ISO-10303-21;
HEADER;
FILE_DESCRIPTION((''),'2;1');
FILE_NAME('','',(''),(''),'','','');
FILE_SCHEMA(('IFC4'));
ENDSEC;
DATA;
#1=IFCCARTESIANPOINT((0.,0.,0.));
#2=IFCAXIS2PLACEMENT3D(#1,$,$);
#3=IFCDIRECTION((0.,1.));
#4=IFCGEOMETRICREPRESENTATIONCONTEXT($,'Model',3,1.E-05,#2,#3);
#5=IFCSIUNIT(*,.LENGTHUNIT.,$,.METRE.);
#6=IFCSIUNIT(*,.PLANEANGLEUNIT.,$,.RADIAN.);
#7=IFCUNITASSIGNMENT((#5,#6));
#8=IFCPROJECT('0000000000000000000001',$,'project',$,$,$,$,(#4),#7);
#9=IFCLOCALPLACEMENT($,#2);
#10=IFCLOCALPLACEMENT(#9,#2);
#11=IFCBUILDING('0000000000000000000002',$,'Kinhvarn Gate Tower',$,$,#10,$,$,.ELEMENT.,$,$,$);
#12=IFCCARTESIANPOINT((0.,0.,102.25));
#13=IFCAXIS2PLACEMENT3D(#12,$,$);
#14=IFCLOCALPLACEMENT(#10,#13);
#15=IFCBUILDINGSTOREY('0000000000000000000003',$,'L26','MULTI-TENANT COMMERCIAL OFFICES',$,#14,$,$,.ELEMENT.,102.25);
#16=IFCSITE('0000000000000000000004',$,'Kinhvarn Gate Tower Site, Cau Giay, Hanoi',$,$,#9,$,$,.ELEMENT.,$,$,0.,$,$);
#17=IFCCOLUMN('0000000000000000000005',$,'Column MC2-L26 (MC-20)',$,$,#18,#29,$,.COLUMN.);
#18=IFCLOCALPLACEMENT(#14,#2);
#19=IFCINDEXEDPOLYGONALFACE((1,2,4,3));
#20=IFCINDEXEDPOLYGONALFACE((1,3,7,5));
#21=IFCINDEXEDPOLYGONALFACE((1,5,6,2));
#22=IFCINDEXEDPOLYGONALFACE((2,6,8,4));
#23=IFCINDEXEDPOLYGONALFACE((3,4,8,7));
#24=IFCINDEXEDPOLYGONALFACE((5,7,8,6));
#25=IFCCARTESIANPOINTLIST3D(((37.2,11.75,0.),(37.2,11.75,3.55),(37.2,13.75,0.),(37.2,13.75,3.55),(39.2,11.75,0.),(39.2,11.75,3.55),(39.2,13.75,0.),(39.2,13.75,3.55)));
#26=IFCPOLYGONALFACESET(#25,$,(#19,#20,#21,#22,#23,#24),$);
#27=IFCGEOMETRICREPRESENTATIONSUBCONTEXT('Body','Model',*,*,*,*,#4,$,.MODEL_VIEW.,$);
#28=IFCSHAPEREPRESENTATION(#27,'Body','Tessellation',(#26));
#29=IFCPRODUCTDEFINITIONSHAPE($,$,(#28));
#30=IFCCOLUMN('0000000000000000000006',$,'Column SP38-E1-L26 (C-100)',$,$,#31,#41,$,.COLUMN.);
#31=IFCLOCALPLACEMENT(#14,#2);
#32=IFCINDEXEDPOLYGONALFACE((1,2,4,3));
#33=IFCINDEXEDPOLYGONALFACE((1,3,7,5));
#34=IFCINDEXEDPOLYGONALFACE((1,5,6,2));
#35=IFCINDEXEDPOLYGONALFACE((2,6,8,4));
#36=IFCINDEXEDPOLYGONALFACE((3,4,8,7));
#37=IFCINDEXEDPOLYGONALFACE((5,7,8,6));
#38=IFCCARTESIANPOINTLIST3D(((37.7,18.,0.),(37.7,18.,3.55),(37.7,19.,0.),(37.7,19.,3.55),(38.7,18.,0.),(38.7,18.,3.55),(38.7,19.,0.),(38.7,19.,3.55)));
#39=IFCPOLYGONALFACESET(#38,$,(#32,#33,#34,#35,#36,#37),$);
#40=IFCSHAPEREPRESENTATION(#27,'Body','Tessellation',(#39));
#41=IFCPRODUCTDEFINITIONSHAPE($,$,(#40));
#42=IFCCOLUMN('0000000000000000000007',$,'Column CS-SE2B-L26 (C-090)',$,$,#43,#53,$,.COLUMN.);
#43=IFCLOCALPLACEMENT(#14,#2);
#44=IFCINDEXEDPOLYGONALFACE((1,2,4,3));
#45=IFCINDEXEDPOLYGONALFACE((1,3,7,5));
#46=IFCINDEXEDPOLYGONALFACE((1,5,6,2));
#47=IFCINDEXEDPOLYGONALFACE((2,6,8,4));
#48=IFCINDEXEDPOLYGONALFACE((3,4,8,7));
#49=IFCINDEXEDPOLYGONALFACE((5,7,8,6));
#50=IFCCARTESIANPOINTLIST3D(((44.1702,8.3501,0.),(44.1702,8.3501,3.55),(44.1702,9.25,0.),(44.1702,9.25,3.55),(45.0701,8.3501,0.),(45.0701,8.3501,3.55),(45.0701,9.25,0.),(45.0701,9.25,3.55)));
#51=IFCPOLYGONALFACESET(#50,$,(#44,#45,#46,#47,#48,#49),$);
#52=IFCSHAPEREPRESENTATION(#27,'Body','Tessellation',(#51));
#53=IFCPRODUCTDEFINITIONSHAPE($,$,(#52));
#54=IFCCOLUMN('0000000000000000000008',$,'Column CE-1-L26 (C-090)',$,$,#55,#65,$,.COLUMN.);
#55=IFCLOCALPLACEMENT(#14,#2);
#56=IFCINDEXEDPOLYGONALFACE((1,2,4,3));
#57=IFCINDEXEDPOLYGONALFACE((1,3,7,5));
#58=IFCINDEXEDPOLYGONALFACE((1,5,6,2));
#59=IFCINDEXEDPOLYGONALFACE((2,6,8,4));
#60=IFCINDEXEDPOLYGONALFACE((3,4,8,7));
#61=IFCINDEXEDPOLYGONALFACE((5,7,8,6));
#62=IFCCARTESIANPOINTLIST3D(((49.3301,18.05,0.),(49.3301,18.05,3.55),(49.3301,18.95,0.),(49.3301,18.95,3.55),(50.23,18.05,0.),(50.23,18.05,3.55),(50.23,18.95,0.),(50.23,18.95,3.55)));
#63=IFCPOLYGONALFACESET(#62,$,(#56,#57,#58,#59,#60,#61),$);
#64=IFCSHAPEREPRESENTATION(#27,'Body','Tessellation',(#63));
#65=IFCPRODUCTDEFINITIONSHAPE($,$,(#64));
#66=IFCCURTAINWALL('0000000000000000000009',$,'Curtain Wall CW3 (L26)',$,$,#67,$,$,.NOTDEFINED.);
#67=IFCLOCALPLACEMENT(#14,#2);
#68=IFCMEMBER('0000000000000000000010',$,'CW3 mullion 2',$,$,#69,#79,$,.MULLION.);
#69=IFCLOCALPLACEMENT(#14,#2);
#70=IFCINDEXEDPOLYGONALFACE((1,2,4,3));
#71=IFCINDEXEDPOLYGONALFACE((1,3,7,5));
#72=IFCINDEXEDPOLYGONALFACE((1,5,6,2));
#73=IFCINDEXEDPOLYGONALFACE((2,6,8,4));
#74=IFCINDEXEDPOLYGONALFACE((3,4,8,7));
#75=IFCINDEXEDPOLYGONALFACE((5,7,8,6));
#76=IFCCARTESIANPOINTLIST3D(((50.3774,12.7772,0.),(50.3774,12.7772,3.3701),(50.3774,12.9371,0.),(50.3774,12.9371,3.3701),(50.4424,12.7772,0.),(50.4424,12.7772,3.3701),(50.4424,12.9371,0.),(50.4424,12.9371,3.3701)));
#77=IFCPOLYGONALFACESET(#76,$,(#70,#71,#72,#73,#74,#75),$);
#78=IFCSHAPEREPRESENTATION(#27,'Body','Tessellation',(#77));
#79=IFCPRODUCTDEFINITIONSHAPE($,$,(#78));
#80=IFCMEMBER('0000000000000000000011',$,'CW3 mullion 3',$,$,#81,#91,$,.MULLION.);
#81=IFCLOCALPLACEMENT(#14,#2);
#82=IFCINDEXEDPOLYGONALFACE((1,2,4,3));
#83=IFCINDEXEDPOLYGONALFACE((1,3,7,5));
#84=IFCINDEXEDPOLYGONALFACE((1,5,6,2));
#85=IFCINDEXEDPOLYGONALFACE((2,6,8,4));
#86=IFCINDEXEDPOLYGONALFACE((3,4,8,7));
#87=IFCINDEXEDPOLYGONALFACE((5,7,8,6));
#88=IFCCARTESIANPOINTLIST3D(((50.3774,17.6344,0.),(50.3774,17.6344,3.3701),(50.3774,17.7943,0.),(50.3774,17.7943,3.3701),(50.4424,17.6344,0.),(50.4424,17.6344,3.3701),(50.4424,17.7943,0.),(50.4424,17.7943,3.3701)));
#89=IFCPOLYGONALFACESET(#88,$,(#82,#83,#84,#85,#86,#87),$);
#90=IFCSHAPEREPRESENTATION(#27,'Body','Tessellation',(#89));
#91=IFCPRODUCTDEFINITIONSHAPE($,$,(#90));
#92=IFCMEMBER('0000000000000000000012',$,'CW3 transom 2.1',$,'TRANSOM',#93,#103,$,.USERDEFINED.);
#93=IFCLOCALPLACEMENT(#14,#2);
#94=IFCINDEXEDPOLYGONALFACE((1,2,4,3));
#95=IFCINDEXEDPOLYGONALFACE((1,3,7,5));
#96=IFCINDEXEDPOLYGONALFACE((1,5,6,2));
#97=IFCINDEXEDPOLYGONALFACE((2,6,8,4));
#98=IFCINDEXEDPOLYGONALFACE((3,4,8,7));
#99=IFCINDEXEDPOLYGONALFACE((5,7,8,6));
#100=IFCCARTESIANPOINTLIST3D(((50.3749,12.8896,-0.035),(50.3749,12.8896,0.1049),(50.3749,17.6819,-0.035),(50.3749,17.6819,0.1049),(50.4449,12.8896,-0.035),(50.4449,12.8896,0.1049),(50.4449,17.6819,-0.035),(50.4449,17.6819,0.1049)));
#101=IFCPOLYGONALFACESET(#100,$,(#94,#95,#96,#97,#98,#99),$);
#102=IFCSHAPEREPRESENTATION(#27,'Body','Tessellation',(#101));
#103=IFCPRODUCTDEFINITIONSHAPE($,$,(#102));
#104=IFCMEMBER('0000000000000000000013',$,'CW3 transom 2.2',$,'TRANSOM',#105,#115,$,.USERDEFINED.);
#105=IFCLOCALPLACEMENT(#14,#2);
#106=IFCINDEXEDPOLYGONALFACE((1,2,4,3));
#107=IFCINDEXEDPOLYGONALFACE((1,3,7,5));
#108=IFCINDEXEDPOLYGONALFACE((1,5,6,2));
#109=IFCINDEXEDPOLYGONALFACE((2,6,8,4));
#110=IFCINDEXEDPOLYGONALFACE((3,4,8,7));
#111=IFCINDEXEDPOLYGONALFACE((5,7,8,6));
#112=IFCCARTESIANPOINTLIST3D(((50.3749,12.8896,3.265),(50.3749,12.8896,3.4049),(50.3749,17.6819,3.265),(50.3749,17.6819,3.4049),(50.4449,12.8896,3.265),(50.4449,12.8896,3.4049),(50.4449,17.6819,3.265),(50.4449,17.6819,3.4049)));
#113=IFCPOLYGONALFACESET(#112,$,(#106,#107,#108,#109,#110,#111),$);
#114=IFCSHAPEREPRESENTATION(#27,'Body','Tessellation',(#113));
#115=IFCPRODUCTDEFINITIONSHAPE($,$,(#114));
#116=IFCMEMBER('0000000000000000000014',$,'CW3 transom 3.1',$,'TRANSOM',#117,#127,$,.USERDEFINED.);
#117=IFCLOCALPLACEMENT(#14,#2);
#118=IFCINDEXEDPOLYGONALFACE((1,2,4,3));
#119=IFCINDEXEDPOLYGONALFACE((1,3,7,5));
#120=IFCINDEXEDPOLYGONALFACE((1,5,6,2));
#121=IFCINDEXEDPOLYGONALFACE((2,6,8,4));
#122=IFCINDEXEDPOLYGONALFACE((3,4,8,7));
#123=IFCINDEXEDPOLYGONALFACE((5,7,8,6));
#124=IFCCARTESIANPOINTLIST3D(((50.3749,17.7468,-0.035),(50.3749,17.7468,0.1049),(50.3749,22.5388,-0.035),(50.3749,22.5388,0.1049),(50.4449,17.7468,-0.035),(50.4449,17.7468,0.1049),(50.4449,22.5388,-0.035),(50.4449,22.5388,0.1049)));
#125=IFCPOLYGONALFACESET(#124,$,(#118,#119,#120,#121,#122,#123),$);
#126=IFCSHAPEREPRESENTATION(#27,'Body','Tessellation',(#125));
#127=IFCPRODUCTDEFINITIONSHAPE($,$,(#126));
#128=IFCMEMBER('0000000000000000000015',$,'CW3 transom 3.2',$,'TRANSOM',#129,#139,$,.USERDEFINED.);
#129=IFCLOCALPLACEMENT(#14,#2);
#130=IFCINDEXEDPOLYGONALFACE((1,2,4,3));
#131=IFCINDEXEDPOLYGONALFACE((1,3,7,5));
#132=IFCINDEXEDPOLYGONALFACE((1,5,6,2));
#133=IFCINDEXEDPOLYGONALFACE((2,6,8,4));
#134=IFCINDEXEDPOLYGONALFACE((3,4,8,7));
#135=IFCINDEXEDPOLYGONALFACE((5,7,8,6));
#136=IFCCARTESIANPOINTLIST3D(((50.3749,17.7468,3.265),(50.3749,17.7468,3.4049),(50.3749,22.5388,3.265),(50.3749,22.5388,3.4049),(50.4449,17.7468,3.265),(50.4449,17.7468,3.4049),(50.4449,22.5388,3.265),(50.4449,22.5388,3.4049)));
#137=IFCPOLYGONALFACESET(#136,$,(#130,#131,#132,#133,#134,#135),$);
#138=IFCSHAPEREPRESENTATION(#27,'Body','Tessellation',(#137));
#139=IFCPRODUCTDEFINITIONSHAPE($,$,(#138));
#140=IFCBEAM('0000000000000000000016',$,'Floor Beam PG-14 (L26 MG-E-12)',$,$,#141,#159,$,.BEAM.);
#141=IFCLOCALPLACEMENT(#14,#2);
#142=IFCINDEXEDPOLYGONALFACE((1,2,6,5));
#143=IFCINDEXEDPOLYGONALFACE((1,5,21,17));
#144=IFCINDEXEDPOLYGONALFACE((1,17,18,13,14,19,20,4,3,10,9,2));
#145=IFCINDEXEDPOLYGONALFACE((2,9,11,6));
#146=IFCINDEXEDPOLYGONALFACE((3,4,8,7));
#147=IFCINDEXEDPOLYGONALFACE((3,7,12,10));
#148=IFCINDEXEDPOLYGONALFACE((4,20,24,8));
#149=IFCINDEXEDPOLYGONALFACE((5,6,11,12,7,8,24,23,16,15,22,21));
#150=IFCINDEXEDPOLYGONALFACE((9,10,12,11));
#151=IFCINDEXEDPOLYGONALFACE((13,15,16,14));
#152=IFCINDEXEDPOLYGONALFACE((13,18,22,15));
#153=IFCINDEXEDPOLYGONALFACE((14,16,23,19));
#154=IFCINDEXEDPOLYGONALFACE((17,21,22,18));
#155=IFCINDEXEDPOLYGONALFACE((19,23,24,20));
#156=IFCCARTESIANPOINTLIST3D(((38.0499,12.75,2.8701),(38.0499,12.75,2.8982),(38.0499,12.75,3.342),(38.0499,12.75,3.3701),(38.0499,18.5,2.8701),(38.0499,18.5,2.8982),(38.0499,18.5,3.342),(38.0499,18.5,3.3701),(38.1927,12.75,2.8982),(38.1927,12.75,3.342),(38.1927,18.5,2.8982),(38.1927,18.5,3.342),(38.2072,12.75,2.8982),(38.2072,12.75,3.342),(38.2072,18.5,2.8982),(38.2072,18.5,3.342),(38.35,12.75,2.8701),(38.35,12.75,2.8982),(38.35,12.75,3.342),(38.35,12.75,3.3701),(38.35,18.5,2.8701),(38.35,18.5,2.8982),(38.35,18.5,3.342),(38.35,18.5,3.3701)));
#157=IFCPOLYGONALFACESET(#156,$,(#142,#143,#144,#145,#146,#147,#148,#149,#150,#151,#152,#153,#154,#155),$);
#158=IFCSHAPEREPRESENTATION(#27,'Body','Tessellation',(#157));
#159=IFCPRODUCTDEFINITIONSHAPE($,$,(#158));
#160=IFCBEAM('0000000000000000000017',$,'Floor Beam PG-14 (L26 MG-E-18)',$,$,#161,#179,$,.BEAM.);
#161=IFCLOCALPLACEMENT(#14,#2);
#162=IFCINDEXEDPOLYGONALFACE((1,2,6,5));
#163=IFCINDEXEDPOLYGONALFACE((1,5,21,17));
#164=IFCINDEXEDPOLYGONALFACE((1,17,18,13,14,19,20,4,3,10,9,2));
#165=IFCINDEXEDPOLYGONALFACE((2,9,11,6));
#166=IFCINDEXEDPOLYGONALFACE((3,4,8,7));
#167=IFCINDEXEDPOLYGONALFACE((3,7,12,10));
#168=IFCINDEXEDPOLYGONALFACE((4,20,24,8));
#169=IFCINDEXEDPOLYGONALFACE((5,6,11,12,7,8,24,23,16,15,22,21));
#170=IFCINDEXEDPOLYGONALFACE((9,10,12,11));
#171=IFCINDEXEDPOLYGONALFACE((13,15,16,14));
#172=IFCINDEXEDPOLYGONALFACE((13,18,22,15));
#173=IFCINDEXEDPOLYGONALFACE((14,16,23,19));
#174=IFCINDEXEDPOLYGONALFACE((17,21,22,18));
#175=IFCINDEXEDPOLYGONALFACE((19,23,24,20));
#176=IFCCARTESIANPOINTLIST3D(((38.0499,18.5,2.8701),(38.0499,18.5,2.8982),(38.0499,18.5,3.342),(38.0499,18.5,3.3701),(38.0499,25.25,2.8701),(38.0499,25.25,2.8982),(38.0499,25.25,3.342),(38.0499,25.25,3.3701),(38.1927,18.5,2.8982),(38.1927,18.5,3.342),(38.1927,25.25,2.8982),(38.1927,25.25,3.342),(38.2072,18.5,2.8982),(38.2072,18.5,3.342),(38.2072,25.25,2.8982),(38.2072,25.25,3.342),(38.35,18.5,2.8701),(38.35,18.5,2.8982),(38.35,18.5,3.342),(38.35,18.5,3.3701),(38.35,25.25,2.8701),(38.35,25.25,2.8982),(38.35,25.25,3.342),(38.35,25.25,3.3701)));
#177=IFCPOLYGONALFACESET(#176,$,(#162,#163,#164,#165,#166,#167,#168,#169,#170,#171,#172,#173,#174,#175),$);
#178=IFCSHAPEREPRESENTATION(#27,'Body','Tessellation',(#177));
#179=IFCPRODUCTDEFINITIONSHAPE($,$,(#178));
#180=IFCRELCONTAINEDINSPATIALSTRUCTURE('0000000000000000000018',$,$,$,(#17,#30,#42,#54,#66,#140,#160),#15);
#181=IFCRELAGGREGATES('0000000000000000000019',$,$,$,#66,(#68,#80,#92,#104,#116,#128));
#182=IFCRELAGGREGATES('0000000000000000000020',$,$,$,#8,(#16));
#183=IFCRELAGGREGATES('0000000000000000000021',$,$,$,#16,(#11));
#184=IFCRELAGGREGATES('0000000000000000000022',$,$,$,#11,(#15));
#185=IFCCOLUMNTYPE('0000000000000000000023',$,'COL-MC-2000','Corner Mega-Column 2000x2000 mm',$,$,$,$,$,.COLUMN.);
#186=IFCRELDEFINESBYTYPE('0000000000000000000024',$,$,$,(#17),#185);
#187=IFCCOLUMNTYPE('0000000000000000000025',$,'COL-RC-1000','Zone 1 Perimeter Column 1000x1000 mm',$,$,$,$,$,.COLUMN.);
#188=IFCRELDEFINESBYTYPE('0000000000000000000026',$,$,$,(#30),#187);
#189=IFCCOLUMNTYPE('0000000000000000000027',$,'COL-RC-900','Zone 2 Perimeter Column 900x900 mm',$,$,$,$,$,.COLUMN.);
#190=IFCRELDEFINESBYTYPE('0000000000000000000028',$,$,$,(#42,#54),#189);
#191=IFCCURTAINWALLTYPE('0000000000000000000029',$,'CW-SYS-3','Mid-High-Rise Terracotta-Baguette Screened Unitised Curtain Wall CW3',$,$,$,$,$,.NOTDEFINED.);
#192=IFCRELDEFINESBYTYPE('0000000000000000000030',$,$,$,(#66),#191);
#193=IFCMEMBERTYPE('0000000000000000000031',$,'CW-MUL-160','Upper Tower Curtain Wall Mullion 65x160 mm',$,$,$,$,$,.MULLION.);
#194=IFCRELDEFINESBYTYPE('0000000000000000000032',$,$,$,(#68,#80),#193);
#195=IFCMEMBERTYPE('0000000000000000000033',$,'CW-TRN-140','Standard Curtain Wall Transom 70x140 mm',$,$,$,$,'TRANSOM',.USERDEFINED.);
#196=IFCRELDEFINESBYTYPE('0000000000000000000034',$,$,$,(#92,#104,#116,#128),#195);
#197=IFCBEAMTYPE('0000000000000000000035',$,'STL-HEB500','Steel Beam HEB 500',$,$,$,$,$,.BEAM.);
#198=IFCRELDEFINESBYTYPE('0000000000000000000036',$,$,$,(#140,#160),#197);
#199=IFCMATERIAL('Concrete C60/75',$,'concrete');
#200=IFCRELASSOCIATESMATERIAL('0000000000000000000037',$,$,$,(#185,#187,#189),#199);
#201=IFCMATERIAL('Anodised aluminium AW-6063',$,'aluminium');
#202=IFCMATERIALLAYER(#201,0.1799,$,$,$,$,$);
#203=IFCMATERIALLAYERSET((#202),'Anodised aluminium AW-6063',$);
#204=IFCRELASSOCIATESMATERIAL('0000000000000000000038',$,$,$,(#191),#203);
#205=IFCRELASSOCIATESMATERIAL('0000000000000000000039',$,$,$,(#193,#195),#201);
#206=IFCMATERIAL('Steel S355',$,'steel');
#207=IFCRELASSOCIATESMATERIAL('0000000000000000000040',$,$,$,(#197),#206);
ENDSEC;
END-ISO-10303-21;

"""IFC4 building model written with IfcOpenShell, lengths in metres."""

from ifc_helpers import new_model, si_unit, direction, frame, origin, origin_2d, place, context, subcontext, project, spatial, rectangle, i_section, extrude, material, layer, layer_set, material_profile, profile_set, type_object, element, aggregate, save


model = new_model("IFC4")

# Units and contexts
model_context = context("Model", 3, precision=1e-05, world=origin(), true_north=direction((0.0, 1.0)))
body_context = subcontext(model_context, "Body", "Model", "MODEL_VIEW")
ifc_project = project(units=[si_unit("LENGTHUNIT", "METRE"), si_unit("PLANEANGLEUNIT", "RADIAN")], contexts=[model_context])

# Site, building, storey
site_placement = place(None, origin())
site = spatial("IfcSite", under=ifc_project, at=site_placement, Name="Kinhvarn Gate Tower Site, Cau Giay, Hanoi", CompositionType="ELEMENT", RefElevation=0.0)
building_placement = place(site_placement, origin())
building = spatial("IfcBuilding", under=site, at=building_placement, Name="Kinhvarn Gate Tower", CompositionType="ELEMENT")
storey_placement = place(building_placement, frame((0.0, 0.0, 102.25)))
storey = spatial("IfcBuildingStorey", under=building, at=storey_placement, Name="L26", Description="MULTI-TENANT COMMERCIAL OFFICES", CompositionType="ELEMENT", Elevation=102.25)

# Columns
ifc_material_1 = material(Name="Concrete C60/75", Category="concrete")
ifc_material_profile_1 = material_profile(ifc_material_1, rectangle(XDim=2.0, YDim=2.0, at=origin_2d()), Name="RC 2000x2000")
ifc_profile_set_1 = profile_set([ifc_material_profile_1], Name="Concrete C60/75")
column_type_1 = type_object("IfcColumnType", Name="COL-MC-2000", Description="Corner Mega-Column 2000x2000 mm", PredefinedType="COLUMN", material=ifc_profile_set_1)
column_1_placement = place(storey_placement, frame((38.2, 12.75, 0.0), z_axis=(0.0, 0.0, 1.0), x_axis=(1.0, 0.0, 0.0)))
element("IfcColumn", 1, at=column_1_placement, inside=storey, type_object=column_type_1, Name="Column MC2-L26 (MC-20)", PredefinedType="COLUMN", context=body_context, shape_type="SweptSolid", body=[
    extrude(rectangle(XDim=2.0, YDim=2.0, at=origin_2d()), origin(), (0.0, 0.0, 1.0), 3.55),
])
ifc_material_profile_2 = material_profile(ifc_material_1, rectangle(XDim=1.0, YDim=1.0, at=origin_2d()), Name="RC 1000x1000")
ifc_profile_set_2 = profile_set([ifc_material_profile_2], Name="Concrete C60/75")
column_type_2 = type_object("IfcColumnType", Name="COL-RC-1000", Description="Zone 1 Perimeter Column 1000x1000 mm", PredefinedType="COLUMN", material=ifc_profile_set_2)
column_2_placement = place(storey_placement, frame((38.2, 18.5, 0.0), z_axis=(0.0, 0.0, 1.0), x_axis=(1.0, 0.0, 0.0)))
element("IfcColumn", 2, at=column_2_placement, inside=storey, type_object=column_type_2, Name="Column SP38-E1-L26 (C-100)", PredefinedType="COLUMN", context=body_context, shape_type="SweptSolid", body=[
    extrude(rectangle(XDim=1.0, YDim=1.0, at=origin_2d()), origin(), (0.0, 0.0, 1.0), 3.55),
])
ifc_material_profile_3 = material_profile(ifc_material_1, rectangle(XDim=0.8999, YDim=0.8999, at=origin_2d()), Name="RC 900x900")
ifc_profile_set_3 = profile_set([ifc_material_profile_3], Name="Concrete C60/75")
column_type_3 = type_object("IfcColumnType", Name="COL-RC-900", Description="Zone 2 Perimeter Column 900x900 mm", PredefinedType="COLUMN", material=ifc_profile_set_3)
for number, where, z_axis, x_axis, name in (
    (3, (44.6201, 8.8, 0.0), (0.0, 0.0, 1.0), (1.0, 0.0, 0.0), "Column CS-SE2B-L26 (C-090)"),
    (4, (49.78, 18.5, 0.0), (0.0, 0.0, 1.0), (1.0, 0.0, 0.0), "Column CE-1-L26 (C-090)"),
):
    element("IfcColumn", number, at=place(storey_placement, frame(where, z_axis=z_axis, x_axis=x_axis)), inside=storey, type_object=column_type_3, Name=name, PredefinedType="COLUMN", context=body_context, shape_type="SweptSolid", body=[
        extrude(rectangle(XDim=0.8999, YDim=0.8999, at=origin_2d()), origin(), (0.0, 0.0, 1.0), 3.55),
    ])

# Curtain wall, members
ifc_material_2 = material(Name="Anodised aluminium AW-6063", Category="aluminium")
ifc_layer_1 = layer(ifc_material_2, 0.1799)
ifc_layer_set_1 = layer_set([ifc_layer_1], Name="Anodised aluminium AW-6063")
curtain_wall_type = type_object("IfcCurtainWallType", Name="CW-SYS-3", Description="Mid-High-Rise Terracotta-Baguette Screened Unitised Curtain Wall CW3", PredefinedType="NOTDEFINED", material=ifc_layer_set_1)
curtain_wall_placement = place(storey_placement, origin())
curtain_wall = element("IfcCurtainWall", 5, at=curtain_wall_placement, inside=storey, type_object=curtain_wall_type, Name="Curtain Wall CW3 (L26)", PredefinedType="NOTDEFINED")
ifc_material_profile_4 = material_profile(ifc_material_2, rectangle(XDim=0.0649, YDim=0.1599, at=origin_2d()), Name="ALU 65x160")
ifc_profile_set_4 = profile_set([ifc_material_profile_4], Name="Anodised aluminium AW-6063")
member_type_1 = type_object("IfcMemberType", Name="CW-MUL-160", Description="Upper Tower Curtain Wall Mullion 65x160 mm", PredefinedType="MULLION", material=ifc_profile_set_4)
member_1_placement = place(storey_placement, frame((50.4099, 12.8572, 0.0), z_axis=(0.0, 0.0, 1.0), x_axis=(-1.0, 0.0, 0.0)))
member_1 = element("IfcMember", 6, at=member_1_placement, type_object=member_type_1, Name="CW3 mullion 2", PredefinedType="MULLION", context=body_context, shape_type="SweptSolid", body=[
    extrude(rectangle(XDim=0.0649, YDim=0.1599, at=origin_2d()), origin(), (0.0, 0.0, 1.0), 3.3701),
])
member_2_placement = place(storey_placement, frame((50.4099, 17.7144, 0.0), z_axis=(0.0, 0.0, 1.0), x_axis=(-1.0, 0.0, 0.0)))
member_2 = element("IfcMember", 7, at=member_2_placement, type_object=member_type_1, Name="CW3 mullion 3", PredefinedType="MULLION", context=body_context, shape_type="SweptSolid", body=[
    extrude(rectangle(XDim=0.0649, YDim=0.1599, at=origin_2d()), origin(), (0.0, 0.0, 1.0), 3.3701),
])
ifc_material_profile_5 = material_profile(ifc_material_2, rectangle(XDim=0.0701, YDim=0.1399, at=origin_2d()), Name="ALU 70x140")
ifc_profile_set_5 = profile_set([ifc_material_profile_5], Name="Anodised aluminium AW-6063")
member_type_2 = type_object("IfcMemberType", Name="CW-TRN-140", Description="Standard Curtain Wall Transom 70x140 mm", ElementType="TRANSOM", PredefinedType="USERDEFINED", material=ifc_profile_set_5)
member_3_placement = place(storey_placement, frame((50.4099, 12.8896, 0.0349), z_axis=(0.0, 1.0, 0.0), x_axis=(-1.0, 0.0, 0.0)))
member_3 = element("IfcMember", 8, at=member_3_placement, type_object=member_type_2, Name="CW3 transom 2.1", ObjectType="TRANSOM", PredefinedType="USERDEFINED", context=body_context, shape_type="SweptSolid", body=[
    extrude(rectangle(XDim=0.0701, YDim=0.1399, at=origin_2d()), origin(), (0.0, 0.0, 1.0), 4.7922),
])
member_4_placement = place(storey_placement, frame((50.4099, 12.8896, 3.335), z_axis=(0.0, 1.0, 0.0), x_axis=(-1.0, 0.0, 0.0)))
member_4 = element("IfcMember", 9, at=member_4_placement, type_object=member_type_2, Name="CW3 transom 2.2", ObjectType="TRANSOM", PredefinedType="USERDEFINED", context=body_context, shape_type="SweptSolid", body=[
    extrude(rectangle(XDim=0.0701, YDim=0.1399, at=origin_2d()), origin(), (0.0, 0.0, 1.0), 4.7922),
])
member_5_placement = place(storey_placement, frame((50.4099, 17.7468, 0.0349), z_axis=(0.0, 1.0, 0.0), x_axis=(-1.0, 0.0, 0.0)))
member_5 = element("IfcMember", 10, at=member_5_placement, type_object=member_type_2, Name="CW3 transom 3.1", ObjectType="TRANSOM", PredefinedType="USERDEFINED", context=body_context, shape_type="SweptSolid", body=[
    extrude(rectangle(XDim=0.0701, YDim=0.1399, at=origin_2d()), origin(), (0.0, 0.0, 1.0), 4.792),
])
member_6_placement = place(storey_placement, frame((50.4099, 17.7468, 3.335), z_axis=(0.0, 1.0, 0.0), x_axis=(-1.0, 0.0, 0.0)))
member_6 = element("IfcMember", 11, at=member_6_placement, type_object=member_type_2, Name="CW3 transom 3.2", ObjectType="TRANSOM", PredefinedType="USERDEFINED", context=body_context, shape_type="SweptSolid", body=[
    extrude(rectangle(XDim=0.0701, YDim=0.1399, at=origin_2d()), origin(), (0.0, 0.0, 1.0), 4.792),
])

# Beams
ifc_material_3 = material(Name="Steel S355", Category="steel")
ifc_material_profile_6 = material_profile(ifc_material_3, i_section(OverallWidth=0.3, OverallDepth=0.5, WebThickness=0.0144, FlangeThickness=0.0281, at=origin_2d()), Name="HEB 500")
ifc_profile_set_6 = profile_set([ifc_material_profile_6], Name="Steel S355")
beam_type_1 = type_object("IfcBeamType", Name="STL-HEB500", Description="Steel Beam HEB 500", PredefinedType="BEAM", material=ifc_profile_set_6)
beam_1_placement = place(storey_placement, frame((38.2, 12.75, 3.1201), z_axis=(0.0, 1.0, 0.0), x_axis=(-1.0, 0.0, 0.0)))
element("IfcBeam", 12, at=beam_1_placement, inside=storey, type_object=beam_type_1, Name="Floor Beam PG-14 (L26 MG-E-12)", PredefinedType="BEAM", context=body_context, shape_type="SweptSolid", body=[
    extrude(i_section(OverallWidth=0.3, OverallDepth=0.5, WebThickness=0.0144, FlangeThickness=0.0281, at=origin_2d()), origin(), (0.0, 0.0, 1.0), 5.75),
])
beam_2_placement = place(storey_placement, frame((38.2, 18.5, 3.1201), z_axis=(0.0, 1.0, 0.0), x_axis=(-1.0, 0.0, 0.0)))
element("IfcBeam", 13, at=beam_2_placement, inside=storey, type_object=beam_type_1, Name="Floor Beam PG-14 (L26 MG-E-18)", PredefinedType="BEAM", context=body_context, shape_type="SweptSolid", body=[
    extrude(i_section(OverallWidth=0.3, OverallDepth=0.5, WebThickness=0.0144, FlangeThickness=0.0281, at=origin_2d()), origin(), (0.0, 0.0, 1.0), 6.75),
])

aggregate(curtain_wall, [member_1, member_2, member_3, member_4, member_5, member_6])

save(model, "model.ifc")
